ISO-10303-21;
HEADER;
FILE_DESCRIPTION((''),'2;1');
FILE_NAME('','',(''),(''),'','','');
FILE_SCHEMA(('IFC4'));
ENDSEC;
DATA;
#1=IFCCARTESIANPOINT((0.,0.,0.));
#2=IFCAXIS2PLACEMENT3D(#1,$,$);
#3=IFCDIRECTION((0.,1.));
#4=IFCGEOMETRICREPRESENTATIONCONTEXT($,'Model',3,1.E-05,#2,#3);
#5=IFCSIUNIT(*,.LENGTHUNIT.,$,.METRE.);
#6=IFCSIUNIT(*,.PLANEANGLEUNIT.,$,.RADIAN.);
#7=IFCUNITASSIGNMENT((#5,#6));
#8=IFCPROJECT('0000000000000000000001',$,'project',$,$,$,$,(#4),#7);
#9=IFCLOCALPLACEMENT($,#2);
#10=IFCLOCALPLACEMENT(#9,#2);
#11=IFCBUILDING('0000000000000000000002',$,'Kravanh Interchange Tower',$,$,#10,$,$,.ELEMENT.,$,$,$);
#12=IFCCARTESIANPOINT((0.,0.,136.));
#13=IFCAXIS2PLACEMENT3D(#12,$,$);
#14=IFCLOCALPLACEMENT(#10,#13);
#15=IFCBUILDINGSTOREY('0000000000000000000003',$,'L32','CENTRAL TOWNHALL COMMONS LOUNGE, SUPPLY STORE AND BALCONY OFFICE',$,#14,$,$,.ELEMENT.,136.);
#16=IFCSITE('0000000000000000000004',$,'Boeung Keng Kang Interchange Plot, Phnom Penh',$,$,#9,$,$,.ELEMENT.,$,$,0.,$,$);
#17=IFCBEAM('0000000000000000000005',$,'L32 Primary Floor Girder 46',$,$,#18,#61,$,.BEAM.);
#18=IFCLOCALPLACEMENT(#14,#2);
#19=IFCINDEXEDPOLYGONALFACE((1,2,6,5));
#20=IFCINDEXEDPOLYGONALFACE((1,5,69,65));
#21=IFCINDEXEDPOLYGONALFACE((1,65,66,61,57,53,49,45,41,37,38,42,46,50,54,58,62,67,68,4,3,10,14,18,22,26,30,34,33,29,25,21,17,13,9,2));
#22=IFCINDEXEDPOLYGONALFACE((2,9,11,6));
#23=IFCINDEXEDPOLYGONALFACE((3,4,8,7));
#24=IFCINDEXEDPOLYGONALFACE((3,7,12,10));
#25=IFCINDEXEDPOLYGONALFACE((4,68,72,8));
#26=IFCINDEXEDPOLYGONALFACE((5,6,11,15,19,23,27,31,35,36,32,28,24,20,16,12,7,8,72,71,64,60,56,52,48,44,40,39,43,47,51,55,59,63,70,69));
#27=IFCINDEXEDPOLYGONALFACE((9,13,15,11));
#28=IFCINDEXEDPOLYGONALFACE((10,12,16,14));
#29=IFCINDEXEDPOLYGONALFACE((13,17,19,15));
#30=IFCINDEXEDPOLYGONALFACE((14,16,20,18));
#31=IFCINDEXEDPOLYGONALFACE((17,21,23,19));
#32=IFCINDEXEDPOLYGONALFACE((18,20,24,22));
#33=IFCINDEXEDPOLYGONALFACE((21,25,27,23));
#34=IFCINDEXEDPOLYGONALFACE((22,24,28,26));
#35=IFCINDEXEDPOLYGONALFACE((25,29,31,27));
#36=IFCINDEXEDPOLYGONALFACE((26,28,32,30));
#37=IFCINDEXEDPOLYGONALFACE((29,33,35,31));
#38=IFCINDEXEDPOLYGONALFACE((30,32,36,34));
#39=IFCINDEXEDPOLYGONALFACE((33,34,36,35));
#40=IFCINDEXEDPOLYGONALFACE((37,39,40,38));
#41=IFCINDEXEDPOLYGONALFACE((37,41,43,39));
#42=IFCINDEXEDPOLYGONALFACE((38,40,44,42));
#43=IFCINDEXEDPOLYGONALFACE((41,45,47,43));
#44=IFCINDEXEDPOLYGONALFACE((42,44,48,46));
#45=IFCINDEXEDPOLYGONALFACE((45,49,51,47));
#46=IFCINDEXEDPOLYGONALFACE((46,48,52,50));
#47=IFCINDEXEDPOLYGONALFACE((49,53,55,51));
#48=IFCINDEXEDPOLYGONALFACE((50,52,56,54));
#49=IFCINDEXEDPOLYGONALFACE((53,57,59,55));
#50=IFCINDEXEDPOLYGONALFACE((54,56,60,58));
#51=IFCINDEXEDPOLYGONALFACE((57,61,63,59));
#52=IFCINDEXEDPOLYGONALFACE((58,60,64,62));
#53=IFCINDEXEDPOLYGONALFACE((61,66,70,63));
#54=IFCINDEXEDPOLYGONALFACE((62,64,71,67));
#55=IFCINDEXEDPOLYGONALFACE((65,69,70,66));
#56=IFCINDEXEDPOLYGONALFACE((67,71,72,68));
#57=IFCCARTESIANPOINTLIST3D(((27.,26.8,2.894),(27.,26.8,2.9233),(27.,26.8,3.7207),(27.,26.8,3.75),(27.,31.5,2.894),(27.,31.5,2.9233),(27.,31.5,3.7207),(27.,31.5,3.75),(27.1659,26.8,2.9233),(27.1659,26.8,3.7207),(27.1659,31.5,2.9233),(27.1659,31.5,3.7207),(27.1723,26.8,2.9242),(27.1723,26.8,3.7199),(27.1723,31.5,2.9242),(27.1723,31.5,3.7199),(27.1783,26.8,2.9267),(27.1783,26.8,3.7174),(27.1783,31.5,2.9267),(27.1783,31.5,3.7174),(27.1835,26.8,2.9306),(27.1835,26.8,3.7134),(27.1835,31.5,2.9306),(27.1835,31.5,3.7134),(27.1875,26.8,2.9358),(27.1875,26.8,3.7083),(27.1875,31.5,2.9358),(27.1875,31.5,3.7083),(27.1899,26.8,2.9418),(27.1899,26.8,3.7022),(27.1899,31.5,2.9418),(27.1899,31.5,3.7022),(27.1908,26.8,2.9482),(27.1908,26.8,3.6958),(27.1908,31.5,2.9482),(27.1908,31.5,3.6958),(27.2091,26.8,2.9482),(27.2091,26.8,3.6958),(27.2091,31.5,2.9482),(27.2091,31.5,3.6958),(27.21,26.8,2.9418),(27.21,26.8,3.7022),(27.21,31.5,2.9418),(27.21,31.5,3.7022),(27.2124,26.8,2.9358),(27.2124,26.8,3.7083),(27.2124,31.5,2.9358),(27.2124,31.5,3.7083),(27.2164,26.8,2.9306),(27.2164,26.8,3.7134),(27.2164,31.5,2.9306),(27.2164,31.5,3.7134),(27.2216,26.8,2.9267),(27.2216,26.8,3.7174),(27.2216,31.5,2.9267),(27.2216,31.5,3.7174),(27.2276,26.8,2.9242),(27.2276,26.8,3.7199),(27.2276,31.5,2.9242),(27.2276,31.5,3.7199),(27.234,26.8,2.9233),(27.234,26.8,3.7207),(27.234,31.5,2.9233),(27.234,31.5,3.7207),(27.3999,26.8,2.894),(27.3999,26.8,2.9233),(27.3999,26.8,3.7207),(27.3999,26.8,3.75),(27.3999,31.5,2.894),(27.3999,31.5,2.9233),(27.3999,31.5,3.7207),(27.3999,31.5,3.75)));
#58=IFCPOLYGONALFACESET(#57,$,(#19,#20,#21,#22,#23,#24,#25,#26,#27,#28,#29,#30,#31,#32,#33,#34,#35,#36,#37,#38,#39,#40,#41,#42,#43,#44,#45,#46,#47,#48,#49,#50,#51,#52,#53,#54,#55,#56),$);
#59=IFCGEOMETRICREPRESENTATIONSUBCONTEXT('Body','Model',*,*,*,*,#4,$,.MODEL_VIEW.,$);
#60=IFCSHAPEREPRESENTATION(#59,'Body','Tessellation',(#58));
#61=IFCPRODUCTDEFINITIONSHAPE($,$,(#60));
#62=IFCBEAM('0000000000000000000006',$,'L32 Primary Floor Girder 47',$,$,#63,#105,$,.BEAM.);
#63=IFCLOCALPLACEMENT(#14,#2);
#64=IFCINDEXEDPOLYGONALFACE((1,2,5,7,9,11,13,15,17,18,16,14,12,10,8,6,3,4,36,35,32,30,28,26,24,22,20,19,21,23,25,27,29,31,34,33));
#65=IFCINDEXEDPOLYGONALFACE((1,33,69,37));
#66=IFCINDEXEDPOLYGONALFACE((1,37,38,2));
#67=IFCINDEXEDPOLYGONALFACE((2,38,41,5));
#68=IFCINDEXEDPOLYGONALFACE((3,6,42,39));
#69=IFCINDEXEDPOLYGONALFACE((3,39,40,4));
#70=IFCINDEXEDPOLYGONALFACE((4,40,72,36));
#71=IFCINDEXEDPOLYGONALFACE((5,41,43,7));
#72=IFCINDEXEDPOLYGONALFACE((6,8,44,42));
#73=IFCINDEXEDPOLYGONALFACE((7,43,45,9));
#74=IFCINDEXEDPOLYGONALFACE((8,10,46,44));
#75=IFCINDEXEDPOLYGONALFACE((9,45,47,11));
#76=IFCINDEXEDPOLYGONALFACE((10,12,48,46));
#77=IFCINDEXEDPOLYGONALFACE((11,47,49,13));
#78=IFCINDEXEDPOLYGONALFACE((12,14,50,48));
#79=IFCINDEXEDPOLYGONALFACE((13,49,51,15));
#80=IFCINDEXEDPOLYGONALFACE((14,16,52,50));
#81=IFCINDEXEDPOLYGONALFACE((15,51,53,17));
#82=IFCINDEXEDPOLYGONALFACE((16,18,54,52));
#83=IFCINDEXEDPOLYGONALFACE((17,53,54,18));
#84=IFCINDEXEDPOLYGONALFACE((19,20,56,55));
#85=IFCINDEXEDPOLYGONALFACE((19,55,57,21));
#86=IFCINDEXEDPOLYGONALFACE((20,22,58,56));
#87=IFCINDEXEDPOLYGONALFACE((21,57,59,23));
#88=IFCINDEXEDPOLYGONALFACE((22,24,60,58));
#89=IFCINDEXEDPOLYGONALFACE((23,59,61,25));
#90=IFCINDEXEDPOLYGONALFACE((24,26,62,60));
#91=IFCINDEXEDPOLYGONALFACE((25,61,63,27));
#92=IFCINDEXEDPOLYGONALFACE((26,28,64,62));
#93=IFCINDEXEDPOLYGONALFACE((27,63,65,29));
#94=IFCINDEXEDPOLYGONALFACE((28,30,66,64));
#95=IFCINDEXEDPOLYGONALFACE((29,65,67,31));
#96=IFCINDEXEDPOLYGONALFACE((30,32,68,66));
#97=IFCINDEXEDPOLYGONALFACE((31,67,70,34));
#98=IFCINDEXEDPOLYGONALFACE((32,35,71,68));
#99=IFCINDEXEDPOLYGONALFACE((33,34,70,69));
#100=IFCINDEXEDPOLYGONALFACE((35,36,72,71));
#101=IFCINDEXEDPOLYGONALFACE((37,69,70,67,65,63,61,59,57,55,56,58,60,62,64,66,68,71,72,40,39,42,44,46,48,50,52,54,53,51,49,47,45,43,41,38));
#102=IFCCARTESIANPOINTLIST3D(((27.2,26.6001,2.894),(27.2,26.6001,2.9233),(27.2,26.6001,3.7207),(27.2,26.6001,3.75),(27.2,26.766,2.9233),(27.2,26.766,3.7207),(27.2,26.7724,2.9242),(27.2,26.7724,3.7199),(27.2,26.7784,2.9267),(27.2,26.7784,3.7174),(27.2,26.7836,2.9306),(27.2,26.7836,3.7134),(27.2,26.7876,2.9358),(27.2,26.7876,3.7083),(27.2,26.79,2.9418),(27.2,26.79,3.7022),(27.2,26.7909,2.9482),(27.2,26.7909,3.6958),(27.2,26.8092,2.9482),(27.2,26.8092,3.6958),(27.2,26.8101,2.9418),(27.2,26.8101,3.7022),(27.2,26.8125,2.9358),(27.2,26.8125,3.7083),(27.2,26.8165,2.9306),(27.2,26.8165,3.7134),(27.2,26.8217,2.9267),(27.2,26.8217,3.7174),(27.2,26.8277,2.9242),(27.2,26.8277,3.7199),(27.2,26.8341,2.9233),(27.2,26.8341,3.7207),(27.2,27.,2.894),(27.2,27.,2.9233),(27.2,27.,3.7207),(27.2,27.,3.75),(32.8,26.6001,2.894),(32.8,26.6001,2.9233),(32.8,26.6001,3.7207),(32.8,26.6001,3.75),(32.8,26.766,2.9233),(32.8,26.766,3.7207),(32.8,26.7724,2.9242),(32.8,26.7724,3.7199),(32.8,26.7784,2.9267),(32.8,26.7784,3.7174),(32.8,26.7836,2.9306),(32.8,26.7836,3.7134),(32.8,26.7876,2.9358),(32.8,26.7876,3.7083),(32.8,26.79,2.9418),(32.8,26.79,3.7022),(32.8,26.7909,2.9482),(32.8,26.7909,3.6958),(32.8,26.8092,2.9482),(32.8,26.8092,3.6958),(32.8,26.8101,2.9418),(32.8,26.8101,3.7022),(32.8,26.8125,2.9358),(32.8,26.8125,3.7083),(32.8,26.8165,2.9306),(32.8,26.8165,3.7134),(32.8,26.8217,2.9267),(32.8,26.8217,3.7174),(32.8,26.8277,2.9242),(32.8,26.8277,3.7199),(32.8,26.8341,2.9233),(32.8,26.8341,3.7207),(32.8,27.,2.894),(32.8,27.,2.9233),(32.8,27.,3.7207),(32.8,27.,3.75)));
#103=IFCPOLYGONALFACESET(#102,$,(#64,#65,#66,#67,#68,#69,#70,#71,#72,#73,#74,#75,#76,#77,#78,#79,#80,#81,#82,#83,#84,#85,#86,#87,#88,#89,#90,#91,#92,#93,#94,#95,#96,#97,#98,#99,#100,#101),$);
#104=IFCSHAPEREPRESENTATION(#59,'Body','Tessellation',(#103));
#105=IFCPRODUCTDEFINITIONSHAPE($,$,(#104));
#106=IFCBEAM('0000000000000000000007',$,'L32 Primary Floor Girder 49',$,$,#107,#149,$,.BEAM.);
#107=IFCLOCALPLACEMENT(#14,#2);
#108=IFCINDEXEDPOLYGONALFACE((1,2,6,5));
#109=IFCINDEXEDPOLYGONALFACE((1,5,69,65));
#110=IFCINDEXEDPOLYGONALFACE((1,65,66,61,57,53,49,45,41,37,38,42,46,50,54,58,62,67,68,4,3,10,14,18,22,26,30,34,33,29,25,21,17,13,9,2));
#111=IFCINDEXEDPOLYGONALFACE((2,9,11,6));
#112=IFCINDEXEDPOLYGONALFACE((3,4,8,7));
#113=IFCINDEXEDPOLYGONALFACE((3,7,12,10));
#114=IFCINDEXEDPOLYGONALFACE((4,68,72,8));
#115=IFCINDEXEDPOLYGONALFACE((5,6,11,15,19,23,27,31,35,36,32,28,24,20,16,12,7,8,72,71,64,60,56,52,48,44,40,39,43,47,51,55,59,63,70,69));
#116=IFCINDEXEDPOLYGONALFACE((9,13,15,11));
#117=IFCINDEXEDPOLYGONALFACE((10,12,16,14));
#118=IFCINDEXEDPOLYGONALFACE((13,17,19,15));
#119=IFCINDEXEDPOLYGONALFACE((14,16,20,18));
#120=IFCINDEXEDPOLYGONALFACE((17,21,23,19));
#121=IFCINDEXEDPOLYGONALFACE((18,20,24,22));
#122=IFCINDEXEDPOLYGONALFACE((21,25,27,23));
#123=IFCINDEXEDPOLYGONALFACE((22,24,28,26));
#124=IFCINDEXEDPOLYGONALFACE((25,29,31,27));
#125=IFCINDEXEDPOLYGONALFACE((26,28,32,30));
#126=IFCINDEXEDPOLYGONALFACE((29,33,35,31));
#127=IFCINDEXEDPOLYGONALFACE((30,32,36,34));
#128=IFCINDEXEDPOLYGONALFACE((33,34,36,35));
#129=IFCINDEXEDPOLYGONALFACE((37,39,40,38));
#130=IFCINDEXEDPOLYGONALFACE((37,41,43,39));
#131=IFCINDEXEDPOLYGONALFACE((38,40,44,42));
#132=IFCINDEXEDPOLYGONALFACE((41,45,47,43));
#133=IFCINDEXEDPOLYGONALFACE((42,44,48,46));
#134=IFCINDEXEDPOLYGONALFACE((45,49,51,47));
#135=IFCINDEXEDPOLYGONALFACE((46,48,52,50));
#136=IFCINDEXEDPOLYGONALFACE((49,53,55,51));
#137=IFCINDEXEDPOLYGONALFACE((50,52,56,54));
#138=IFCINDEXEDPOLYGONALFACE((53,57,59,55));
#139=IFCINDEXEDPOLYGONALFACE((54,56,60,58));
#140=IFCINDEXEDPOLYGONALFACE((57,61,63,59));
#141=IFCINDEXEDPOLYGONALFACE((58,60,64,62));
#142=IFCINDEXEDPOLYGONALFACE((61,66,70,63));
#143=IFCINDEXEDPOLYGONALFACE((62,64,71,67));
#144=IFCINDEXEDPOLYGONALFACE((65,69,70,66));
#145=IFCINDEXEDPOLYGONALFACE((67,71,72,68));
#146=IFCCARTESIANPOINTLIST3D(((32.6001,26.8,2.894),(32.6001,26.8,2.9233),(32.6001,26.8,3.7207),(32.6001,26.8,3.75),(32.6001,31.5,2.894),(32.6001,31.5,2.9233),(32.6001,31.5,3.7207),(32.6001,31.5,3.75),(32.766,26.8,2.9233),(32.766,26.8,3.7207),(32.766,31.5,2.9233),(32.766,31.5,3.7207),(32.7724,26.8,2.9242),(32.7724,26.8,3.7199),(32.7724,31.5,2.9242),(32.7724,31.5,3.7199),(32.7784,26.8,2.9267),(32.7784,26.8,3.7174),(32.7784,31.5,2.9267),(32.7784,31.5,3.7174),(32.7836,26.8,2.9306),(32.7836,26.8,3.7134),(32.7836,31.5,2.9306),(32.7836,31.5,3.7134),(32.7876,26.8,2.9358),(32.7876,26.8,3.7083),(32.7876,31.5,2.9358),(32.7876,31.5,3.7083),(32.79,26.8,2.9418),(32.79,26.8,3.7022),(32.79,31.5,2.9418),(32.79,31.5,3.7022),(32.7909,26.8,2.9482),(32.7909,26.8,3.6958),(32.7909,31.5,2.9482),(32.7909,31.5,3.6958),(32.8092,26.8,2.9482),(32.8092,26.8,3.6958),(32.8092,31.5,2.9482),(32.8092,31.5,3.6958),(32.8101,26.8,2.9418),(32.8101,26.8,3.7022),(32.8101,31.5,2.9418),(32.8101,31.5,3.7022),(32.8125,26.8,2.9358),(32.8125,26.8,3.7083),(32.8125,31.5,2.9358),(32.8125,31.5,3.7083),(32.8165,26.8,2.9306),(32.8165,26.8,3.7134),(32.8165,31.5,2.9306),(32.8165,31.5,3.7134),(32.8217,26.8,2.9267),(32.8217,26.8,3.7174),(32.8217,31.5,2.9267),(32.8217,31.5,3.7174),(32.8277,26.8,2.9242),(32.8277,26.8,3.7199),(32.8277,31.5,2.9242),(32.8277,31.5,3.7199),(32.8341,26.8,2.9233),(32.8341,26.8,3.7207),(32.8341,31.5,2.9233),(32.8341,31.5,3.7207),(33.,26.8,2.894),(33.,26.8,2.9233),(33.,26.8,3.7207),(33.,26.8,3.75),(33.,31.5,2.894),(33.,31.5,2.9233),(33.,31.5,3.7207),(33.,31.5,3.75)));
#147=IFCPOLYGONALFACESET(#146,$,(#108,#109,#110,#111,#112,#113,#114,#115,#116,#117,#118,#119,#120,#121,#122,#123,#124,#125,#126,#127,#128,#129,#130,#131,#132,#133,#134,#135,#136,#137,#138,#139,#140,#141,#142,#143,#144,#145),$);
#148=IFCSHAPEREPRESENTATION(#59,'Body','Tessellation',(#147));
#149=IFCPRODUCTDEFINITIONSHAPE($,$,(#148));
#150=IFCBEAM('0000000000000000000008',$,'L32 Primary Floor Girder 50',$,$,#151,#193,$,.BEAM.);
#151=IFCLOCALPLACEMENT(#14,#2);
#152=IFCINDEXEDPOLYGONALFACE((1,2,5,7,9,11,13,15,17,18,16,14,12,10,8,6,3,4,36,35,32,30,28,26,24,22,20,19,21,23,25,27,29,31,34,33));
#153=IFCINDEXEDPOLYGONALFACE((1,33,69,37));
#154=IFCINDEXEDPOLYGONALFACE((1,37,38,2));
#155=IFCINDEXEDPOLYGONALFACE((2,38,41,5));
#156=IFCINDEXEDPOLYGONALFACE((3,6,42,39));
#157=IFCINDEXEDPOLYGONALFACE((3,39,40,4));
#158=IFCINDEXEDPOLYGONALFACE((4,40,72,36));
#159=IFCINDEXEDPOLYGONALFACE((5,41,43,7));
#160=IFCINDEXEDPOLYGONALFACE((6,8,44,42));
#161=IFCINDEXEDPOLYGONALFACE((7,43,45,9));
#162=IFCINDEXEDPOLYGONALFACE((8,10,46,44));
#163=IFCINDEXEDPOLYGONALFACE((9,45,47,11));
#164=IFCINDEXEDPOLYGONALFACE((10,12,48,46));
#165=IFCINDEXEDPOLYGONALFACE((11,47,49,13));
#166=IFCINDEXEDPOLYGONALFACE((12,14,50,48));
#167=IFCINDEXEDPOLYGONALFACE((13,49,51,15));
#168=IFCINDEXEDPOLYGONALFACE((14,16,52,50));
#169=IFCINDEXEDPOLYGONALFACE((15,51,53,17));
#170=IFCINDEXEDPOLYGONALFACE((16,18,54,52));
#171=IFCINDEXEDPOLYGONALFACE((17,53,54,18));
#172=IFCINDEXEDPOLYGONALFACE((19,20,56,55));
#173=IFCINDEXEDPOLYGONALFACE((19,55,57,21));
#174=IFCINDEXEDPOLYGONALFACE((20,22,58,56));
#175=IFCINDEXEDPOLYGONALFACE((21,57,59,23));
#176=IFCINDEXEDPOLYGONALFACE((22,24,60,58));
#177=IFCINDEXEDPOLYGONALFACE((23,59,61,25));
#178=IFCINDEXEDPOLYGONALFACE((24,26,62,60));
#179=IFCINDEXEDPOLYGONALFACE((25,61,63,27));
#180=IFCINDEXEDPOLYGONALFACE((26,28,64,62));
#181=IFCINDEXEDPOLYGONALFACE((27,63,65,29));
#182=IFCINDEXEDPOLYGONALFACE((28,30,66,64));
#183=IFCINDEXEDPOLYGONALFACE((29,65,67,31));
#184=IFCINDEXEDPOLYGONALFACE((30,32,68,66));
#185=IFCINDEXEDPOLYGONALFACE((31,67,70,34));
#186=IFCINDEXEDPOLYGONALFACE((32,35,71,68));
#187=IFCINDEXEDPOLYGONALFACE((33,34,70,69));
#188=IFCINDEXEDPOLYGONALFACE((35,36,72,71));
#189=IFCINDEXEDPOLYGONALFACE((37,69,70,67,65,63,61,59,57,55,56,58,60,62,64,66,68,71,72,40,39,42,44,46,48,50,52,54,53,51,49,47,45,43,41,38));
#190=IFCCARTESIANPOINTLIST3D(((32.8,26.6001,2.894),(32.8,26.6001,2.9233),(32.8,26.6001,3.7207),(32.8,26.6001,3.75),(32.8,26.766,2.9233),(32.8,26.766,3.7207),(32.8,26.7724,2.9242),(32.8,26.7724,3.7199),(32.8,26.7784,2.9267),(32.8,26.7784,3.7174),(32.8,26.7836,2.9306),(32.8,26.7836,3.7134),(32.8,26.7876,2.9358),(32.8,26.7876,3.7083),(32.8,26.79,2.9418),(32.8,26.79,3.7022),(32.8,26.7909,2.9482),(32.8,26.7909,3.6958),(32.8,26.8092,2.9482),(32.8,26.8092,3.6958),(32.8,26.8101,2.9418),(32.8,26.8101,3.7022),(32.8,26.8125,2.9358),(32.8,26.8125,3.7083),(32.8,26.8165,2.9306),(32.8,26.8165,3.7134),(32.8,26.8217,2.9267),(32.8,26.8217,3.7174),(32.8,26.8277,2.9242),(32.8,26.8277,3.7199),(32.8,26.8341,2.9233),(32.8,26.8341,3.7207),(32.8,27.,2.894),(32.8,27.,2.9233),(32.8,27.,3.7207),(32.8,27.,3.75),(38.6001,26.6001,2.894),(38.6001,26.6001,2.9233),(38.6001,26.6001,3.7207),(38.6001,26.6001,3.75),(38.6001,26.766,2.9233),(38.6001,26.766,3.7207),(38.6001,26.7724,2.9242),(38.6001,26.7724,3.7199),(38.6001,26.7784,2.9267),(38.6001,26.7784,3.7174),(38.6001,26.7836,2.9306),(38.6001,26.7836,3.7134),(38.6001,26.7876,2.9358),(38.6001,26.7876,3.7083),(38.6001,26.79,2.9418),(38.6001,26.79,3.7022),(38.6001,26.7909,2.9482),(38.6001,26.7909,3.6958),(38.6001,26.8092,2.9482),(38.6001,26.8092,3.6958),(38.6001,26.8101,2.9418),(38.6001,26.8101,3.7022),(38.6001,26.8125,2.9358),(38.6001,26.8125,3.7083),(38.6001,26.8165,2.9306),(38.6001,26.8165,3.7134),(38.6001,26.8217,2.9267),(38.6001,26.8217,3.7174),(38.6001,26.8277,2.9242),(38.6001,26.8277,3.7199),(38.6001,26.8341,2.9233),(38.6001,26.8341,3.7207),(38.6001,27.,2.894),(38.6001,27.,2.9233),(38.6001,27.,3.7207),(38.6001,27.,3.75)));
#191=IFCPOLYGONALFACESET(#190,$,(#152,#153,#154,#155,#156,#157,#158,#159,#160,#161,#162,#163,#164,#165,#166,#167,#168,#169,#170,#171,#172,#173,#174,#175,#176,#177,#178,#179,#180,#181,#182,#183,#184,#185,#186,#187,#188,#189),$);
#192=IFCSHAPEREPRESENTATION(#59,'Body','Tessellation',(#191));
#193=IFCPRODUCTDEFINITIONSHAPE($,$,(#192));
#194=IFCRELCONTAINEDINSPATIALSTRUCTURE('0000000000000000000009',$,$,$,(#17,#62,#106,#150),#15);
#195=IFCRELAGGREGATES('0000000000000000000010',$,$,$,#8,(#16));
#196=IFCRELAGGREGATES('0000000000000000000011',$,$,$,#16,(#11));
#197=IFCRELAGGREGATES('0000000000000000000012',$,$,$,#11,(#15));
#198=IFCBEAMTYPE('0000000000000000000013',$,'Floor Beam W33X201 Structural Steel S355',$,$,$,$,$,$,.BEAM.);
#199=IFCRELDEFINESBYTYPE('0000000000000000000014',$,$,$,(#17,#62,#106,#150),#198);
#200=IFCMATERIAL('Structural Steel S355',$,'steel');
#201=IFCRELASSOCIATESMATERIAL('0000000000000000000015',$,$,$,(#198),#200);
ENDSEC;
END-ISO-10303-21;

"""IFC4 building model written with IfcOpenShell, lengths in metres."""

from ifc_helpers import new_model, si_unit, direction, frame, origin, origin_2d, place, context, subcontext, project, spatial, i_section, extrude, material, material_profile, profile_set, type_object, element, save


model = new_model("IFC4")

# Units and contexts
model_context = context("Model", 3, precision=1e-05, world=origin(), true_north=direction((0.0, 1.0)))
body_context = subcontext(model_context, "Body", "Model", "MODEL_VIEW")
ifc_project = project(units=[si_unit("LENGTHUNIT", "METRE"), si_unit("PLANEANGLEUNIT", "RADIAN")], contexts=[model_context])

# Site, building, storey
site_placement = place(None, origin())
site = spatial("IfcSite", under=ifc_project, at=site_placement, Name="Boeung Keng Kang Interchange Plot, Phnom Penh", CompositionType="ELEMENT", RefElevation=0.0)
building_placement = place(site_placement, origin())
building = spatial("IfcBuilding", under=site, at=building_placement, Name="Kravanh Interchange Tower", CompositionType="ELEMENT")
storey_placement = place(building_placement, frame((0.0, 0.0, 136.0)))
storey = spatial("IfcBuildingStorey", under=building, at=storey_placement, Name="L32", Description="CENTRAL TOWNHALL COMMONS LOUNGE, SUPPLY STORE AND BALCONY OFFICE", CompositionType="ELEMENT", Elevation=136.0)

# Beams
ifc_material_1 = material(Name="Structural Steel S355", Category="steel")
ifc_material_profile_1 = material_profile(ifc_material_1, i_section(OverallWidth=0.3999, OverallDepth=0.856, WebThickness=0.0183, FlangeThickness=0.0293, FilletRadius=0.0249, at=origin_2d()), Name="W33X201")
ifc_profile_set_1 = profile_set([ifc_material_profile_1], Name="Structural Steel S355")
beam_type_1 = type_object("IfcBeamType", Name="Floor Beam W33X201 Structural Steel S355", PredefinedType="BEAM", material=ifc_profile_set_1)
beam_1_placement = place(storey_placement, frame((27.2, 26.8, 3.322), z_axis=(0.0, 1.0, 0.0), x_axis=(-1.0, 0.0, 0.0)))
element("IfcBeam", 1, at=beam_1_placement, inside=storey, type_object=beam_type_1, Name="L32 Primary Floor Girder 46", PredefinedType="BEAM", context=body_context, shape_type="SweptSolid", body=[
    extrude(i_section(OverallWidth=0.3999, OverallDepth=0.856, WebThickness=0.0183, FlangeThickness=0.0293, FilletRadius=0.0249, at=origin_2d()), origin(), (0.0, 0.0, 1.0), 4.7),
])
beam_2_placement = place(storey_placement, frame((27.2, 26.8, 3.322), z_axis=(1.0, 0.0, 0.0), x_axis=(0.0, 1.0, 0.0)))
element("IfcBeam", 2, at=beam_2_placement, inside=storey, type_object=beam_type_1, Name="L32 Primary Floor Girder 47", PredefinedType="BEAM", context=body_context, shape_type="SweptSolid", body=[
    extrude(i_section(OverallWidth=0.3999, OverallDepth=0.856, WebThickness=0.0183, FlangeThickness=0.0293, FilletRadius=0.0249, at=origin_2d()), origin(), (0.0, 0.0, 1.0), 5.6001),
])
beam_3_placement = place(storey_placement, frame((32.8, 26.8, 3.322), z_axis=(0.0, 1.0, 0.0), x_axis=(-1.0, 0.0, 0.0)))
element("IfcBeam", 3, at=beam_3_placement, inside=storey, type_object=beam_type_1, Name="L32 Primary Floor Girder 49", PredefinedType="BEAM", context=body_context, shape_type="SweptSolid", body=[
    extrude(i_section(OverallWidth=0.3999, OverallDepth=0.856, WebThickness=0.0183, FlangeThickness=0.0293, FilletRadius=0.0249, at=origin_2d()), origin(), (0.0, 0.0, 1.0), 4.7),
])
beam_4_placement = place(storey_placement, frame((32.8, 26.8, 3.322), z_axis=(1.0, 0.0, 0.0), x_axis=(0.0, 1.0, 0.0)))
element("IfcBeam", 4, at=beam_4_placement, inside=storey, type_object=beam_type_1, Name="L32 Primary Floor Girder 50", PredefinedType="BEAM", context=body_context, shape_type="SweptSolid", body=[
    extrude(i_section(OverallWidth=0.3999, OverallDepth=0.856, WebThickness=0.0183, FlangeThickness=0.0293, FilletRadius=0.0249, at=origin_2d()), origin(), (0.0, 0.0, 1.0), 5.8),
])

save(model, "model.ifc")
